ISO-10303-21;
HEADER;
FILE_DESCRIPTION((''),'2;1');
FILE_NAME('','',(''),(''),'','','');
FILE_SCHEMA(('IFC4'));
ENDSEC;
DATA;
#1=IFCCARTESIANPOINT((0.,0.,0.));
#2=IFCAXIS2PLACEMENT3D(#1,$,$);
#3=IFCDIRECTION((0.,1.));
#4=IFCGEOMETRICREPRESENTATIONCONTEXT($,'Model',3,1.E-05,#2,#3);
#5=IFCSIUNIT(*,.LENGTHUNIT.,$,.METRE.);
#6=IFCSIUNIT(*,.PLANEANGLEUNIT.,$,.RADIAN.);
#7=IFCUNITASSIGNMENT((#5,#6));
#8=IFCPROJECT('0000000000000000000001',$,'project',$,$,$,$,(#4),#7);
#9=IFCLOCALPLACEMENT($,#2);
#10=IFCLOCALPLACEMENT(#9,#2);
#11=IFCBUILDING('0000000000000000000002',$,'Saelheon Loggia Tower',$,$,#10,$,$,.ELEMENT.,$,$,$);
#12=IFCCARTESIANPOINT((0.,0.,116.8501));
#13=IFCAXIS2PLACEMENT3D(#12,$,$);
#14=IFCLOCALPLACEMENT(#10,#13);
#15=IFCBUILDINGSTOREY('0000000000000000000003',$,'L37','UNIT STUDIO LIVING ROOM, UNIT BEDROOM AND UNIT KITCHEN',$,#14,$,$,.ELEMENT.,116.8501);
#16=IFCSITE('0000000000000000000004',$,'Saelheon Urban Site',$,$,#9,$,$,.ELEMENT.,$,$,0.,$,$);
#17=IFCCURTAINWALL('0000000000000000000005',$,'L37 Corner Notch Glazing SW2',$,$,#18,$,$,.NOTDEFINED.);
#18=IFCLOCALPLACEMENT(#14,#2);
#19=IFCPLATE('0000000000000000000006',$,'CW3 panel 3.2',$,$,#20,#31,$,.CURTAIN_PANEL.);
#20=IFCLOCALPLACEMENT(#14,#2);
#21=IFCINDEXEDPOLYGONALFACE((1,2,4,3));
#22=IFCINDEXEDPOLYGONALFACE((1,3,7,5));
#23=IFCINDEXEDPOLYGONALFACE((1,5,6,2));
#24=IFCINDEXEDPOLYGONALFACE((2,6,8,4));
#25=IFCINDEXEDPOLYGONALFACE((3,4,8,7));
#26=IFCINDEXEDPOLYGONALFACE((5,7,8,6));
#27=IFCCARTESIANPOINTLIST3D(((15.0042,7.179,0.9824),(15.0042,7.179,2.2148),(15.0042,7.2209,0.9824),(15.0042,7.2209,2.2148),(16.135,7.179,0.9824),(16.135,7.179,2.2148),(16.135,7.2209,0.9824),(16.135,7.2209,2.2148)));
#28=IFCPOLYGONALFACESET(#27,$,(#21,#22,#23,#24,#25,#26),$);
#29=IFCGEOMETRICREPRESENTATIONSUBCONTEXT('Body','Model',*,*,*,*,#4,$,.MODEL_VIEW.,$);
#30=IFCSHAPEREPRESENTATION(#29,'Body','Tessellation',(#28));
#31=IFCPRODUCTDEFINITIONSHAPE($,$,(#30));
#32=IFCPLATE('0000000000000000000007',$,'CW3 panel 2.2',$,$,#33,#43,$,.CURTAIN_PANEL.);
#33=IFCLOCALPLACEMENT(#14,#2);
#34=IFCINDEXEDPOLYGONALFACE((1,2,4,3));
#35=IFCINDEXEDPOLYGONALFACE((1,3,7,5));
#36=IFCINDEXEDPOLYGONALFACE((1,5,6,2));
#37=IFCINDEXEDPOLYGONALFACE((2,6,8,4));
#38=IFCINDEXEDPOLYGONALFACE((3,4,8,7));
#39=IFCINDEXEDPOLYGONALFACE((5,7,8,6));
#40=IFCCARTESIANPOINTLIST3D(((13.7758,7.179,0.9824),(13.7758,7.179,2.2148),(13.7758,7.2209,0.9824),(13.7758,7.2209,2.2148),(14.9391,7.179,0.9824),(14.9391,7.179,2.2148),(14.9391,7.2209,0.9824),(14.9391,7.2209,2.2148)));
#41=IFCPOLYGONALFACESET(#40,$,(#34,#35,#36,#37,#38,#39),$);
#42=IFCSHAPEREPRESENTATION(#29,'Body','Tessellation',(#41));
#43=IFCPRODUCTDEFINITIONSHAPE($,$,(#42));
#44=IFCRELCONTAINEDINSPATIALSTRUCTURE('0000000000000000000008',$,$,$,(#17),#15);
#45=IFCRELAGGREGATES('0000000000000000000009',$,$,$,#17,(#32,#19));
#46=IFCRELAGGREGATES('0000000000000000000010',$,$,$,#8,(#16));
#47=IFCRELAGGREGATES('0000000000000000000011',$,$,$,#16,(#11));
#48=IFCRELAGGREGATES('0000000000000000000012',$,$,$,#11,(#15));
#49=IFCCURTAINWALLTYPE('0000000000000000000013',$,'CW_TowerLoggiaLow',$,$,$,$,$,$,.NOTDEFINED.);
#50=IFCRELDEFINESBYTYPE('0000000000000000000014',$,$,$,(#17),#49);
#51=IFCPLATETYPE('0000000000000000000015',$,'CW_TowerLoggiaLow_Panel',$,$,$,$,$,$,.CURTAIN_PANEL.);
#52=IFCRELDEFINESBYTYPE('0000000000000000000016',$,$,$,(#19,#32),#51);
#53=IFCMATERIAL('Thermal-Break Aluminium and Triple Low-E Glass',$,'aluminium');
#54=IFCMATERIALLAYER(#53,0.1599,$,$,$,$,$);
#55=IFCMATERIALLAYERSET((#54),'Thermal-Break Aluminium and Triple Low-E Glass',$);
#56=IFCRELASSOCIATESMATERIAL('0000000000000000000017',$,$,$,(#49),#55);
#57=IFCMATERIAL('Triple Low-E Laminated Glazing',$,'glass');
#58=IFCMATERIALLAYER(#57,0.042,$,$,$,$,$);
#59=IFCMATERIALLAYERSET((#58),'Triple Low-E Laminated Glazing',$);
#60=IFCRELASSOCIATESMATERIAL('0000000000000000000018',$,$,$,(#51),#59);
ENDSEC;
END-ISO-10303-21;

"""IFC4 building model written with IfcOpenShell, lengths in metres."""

from ifc_helpers import new_model, si_unit, direction, frame, origin, origin_2d, place, context, subcontext, project, spatial, rectangle, extrude, source, transform, mapped, material, layer, layer_set, type_object, element, aggregate, save


model = new_model("IFC4")

# Units and contexts
model_context = context("Model", 3, precision=1e-05, world=origin(), true_north=direction((0.0, 1.0)))
body_context = subcontext(model_context, "Body", "Model", "MODEL_VIEW")
ifc_project = project(units=[si_unit("LENGTHUNIT", "METRE"), si_unit("PLANEANGLEUNIT", "RADIAN")], contexts=[model_context])

# Site, building, storey
site_placement = place(None, origin())
site = spatial("IfcSite", under=ifc_project, at=site_placement, Name="Saelheon Urban Site", CompositionType="ELEMENT", RefElevation=0.0)
building_placement = place(site_placement, origin())
building = spatial("IfcBuilding", under=site, at=building_placement, Name="Saelheon Loggia Tower", CompositionType="ELEMENT")
storey_placement = place(building_placement, frame((0.0, 0.0, 116.8501)))
storey = spatial("IfcBuildingStorey", under=building, at=storey_placement, Name="L37", Description="UNIT STUDIO LIVING ROOM, UNIT BEDROOM AND UNIT KITCHEN", CompositionType="ELEMENT", Elevation=116.8501)

# Curtain wall, plates
ifc_material_1 = material(Name="Thermal-Break Aluminium and Triple Low-E Glass", Category="aluminium")
ifc_layer_1 = layer(ifc_material_1, 0.1599)
ifc_layer_set_1 = layer_set([ifc_layer_1], Name="Thermal-Break Aluminium and Triple Low-E Glass")
curtain_wall_type = type_object("IfcCurtainWallType", Name="CW_TowerLoggiaLow", PredefinedType="NOTDEFINED", material=ifc_layer_set_1)
curtain_wall_placement = place(storey_placement, origin())
curtain_wall = element("IfcCurtainWall", 1, at=curtain_wall_placement, inside=storey, type_object=curtain_wall_type, Name="L37 Corner Notch Glazing SW2", PredefinedType="NOTDEFINED")
ifc_material_2 = material(Name="Triple Low-E Laminated Glazing", Category="glass")
ifc_layer_2 = layer(ifc_material_2, 0.042)
ifc_layer_set_2 = layer_set([ifc_layer_2], Name="Triple Low-E Laminated Glazing")
plate_type = type_object("IfcPlateType", Name="CW_TowerLoggiaLow_Panel", PredefinedType="CURTAIN_PANEL", material=ifc_layer_set_2)
shared_shape_1 = source(origin(), body_context, "Body", "SweptSolid", [
    extrude(rectangle(XDim=1.1309, YDim=0.042, at=origin_2d()), origin(), (0.0, 0.0, 1.0), 1.2324),
])
plate_1_placement = place(storey_placement, frame((15.5696, 7.2, 0.9824), z_axis=(0.0, 0.0, 1.0), x_axis=(1.0, 0.0, 0.0)))
plate_1 = element("IfcPlate", 2, at=plate_1_placement, type_object=plate_type, Name="CW3 panel 3.2", PredefinedType="CURTAIN_PANEL", context=body_context, shape_type="MappedRepresentation", body=[
    mapped(shared_shape_1, transform((0.0, 0.0, 0.0), scale=1.0)),
])
shared_shape_2 = source(origin(), body_context, "Body", "SweptSolid", [
    extrude(rectangle(XDim=1.1633, YDim=0.042, at=origin_2d()), origin(), (0.0, 0.0, 1.0), 1.2324),
])
plate_2_placement = place(storey_placement, frame((14.3574, 7.2, 0.9824), z_axis=(0.0, 0.0, 1.0), x_axis=(1.0, 0.0, 0.0)))
plate_2 = element("IfcPlate", 3, at=plate_2_placement, type_object=plate_type, Name="CW3 panel 2.2", PredefinedType="CURTAIN_PANEL", context=body_context, shape_type="MappedRepresentation", body=[
    mapped(shared_shape_2, transform((0.0, 0.0, 0.0), scale=1.0)),
])
aggregate(curtain_wall, [plate_2, plate_1])

save(model, "model.ifc")
